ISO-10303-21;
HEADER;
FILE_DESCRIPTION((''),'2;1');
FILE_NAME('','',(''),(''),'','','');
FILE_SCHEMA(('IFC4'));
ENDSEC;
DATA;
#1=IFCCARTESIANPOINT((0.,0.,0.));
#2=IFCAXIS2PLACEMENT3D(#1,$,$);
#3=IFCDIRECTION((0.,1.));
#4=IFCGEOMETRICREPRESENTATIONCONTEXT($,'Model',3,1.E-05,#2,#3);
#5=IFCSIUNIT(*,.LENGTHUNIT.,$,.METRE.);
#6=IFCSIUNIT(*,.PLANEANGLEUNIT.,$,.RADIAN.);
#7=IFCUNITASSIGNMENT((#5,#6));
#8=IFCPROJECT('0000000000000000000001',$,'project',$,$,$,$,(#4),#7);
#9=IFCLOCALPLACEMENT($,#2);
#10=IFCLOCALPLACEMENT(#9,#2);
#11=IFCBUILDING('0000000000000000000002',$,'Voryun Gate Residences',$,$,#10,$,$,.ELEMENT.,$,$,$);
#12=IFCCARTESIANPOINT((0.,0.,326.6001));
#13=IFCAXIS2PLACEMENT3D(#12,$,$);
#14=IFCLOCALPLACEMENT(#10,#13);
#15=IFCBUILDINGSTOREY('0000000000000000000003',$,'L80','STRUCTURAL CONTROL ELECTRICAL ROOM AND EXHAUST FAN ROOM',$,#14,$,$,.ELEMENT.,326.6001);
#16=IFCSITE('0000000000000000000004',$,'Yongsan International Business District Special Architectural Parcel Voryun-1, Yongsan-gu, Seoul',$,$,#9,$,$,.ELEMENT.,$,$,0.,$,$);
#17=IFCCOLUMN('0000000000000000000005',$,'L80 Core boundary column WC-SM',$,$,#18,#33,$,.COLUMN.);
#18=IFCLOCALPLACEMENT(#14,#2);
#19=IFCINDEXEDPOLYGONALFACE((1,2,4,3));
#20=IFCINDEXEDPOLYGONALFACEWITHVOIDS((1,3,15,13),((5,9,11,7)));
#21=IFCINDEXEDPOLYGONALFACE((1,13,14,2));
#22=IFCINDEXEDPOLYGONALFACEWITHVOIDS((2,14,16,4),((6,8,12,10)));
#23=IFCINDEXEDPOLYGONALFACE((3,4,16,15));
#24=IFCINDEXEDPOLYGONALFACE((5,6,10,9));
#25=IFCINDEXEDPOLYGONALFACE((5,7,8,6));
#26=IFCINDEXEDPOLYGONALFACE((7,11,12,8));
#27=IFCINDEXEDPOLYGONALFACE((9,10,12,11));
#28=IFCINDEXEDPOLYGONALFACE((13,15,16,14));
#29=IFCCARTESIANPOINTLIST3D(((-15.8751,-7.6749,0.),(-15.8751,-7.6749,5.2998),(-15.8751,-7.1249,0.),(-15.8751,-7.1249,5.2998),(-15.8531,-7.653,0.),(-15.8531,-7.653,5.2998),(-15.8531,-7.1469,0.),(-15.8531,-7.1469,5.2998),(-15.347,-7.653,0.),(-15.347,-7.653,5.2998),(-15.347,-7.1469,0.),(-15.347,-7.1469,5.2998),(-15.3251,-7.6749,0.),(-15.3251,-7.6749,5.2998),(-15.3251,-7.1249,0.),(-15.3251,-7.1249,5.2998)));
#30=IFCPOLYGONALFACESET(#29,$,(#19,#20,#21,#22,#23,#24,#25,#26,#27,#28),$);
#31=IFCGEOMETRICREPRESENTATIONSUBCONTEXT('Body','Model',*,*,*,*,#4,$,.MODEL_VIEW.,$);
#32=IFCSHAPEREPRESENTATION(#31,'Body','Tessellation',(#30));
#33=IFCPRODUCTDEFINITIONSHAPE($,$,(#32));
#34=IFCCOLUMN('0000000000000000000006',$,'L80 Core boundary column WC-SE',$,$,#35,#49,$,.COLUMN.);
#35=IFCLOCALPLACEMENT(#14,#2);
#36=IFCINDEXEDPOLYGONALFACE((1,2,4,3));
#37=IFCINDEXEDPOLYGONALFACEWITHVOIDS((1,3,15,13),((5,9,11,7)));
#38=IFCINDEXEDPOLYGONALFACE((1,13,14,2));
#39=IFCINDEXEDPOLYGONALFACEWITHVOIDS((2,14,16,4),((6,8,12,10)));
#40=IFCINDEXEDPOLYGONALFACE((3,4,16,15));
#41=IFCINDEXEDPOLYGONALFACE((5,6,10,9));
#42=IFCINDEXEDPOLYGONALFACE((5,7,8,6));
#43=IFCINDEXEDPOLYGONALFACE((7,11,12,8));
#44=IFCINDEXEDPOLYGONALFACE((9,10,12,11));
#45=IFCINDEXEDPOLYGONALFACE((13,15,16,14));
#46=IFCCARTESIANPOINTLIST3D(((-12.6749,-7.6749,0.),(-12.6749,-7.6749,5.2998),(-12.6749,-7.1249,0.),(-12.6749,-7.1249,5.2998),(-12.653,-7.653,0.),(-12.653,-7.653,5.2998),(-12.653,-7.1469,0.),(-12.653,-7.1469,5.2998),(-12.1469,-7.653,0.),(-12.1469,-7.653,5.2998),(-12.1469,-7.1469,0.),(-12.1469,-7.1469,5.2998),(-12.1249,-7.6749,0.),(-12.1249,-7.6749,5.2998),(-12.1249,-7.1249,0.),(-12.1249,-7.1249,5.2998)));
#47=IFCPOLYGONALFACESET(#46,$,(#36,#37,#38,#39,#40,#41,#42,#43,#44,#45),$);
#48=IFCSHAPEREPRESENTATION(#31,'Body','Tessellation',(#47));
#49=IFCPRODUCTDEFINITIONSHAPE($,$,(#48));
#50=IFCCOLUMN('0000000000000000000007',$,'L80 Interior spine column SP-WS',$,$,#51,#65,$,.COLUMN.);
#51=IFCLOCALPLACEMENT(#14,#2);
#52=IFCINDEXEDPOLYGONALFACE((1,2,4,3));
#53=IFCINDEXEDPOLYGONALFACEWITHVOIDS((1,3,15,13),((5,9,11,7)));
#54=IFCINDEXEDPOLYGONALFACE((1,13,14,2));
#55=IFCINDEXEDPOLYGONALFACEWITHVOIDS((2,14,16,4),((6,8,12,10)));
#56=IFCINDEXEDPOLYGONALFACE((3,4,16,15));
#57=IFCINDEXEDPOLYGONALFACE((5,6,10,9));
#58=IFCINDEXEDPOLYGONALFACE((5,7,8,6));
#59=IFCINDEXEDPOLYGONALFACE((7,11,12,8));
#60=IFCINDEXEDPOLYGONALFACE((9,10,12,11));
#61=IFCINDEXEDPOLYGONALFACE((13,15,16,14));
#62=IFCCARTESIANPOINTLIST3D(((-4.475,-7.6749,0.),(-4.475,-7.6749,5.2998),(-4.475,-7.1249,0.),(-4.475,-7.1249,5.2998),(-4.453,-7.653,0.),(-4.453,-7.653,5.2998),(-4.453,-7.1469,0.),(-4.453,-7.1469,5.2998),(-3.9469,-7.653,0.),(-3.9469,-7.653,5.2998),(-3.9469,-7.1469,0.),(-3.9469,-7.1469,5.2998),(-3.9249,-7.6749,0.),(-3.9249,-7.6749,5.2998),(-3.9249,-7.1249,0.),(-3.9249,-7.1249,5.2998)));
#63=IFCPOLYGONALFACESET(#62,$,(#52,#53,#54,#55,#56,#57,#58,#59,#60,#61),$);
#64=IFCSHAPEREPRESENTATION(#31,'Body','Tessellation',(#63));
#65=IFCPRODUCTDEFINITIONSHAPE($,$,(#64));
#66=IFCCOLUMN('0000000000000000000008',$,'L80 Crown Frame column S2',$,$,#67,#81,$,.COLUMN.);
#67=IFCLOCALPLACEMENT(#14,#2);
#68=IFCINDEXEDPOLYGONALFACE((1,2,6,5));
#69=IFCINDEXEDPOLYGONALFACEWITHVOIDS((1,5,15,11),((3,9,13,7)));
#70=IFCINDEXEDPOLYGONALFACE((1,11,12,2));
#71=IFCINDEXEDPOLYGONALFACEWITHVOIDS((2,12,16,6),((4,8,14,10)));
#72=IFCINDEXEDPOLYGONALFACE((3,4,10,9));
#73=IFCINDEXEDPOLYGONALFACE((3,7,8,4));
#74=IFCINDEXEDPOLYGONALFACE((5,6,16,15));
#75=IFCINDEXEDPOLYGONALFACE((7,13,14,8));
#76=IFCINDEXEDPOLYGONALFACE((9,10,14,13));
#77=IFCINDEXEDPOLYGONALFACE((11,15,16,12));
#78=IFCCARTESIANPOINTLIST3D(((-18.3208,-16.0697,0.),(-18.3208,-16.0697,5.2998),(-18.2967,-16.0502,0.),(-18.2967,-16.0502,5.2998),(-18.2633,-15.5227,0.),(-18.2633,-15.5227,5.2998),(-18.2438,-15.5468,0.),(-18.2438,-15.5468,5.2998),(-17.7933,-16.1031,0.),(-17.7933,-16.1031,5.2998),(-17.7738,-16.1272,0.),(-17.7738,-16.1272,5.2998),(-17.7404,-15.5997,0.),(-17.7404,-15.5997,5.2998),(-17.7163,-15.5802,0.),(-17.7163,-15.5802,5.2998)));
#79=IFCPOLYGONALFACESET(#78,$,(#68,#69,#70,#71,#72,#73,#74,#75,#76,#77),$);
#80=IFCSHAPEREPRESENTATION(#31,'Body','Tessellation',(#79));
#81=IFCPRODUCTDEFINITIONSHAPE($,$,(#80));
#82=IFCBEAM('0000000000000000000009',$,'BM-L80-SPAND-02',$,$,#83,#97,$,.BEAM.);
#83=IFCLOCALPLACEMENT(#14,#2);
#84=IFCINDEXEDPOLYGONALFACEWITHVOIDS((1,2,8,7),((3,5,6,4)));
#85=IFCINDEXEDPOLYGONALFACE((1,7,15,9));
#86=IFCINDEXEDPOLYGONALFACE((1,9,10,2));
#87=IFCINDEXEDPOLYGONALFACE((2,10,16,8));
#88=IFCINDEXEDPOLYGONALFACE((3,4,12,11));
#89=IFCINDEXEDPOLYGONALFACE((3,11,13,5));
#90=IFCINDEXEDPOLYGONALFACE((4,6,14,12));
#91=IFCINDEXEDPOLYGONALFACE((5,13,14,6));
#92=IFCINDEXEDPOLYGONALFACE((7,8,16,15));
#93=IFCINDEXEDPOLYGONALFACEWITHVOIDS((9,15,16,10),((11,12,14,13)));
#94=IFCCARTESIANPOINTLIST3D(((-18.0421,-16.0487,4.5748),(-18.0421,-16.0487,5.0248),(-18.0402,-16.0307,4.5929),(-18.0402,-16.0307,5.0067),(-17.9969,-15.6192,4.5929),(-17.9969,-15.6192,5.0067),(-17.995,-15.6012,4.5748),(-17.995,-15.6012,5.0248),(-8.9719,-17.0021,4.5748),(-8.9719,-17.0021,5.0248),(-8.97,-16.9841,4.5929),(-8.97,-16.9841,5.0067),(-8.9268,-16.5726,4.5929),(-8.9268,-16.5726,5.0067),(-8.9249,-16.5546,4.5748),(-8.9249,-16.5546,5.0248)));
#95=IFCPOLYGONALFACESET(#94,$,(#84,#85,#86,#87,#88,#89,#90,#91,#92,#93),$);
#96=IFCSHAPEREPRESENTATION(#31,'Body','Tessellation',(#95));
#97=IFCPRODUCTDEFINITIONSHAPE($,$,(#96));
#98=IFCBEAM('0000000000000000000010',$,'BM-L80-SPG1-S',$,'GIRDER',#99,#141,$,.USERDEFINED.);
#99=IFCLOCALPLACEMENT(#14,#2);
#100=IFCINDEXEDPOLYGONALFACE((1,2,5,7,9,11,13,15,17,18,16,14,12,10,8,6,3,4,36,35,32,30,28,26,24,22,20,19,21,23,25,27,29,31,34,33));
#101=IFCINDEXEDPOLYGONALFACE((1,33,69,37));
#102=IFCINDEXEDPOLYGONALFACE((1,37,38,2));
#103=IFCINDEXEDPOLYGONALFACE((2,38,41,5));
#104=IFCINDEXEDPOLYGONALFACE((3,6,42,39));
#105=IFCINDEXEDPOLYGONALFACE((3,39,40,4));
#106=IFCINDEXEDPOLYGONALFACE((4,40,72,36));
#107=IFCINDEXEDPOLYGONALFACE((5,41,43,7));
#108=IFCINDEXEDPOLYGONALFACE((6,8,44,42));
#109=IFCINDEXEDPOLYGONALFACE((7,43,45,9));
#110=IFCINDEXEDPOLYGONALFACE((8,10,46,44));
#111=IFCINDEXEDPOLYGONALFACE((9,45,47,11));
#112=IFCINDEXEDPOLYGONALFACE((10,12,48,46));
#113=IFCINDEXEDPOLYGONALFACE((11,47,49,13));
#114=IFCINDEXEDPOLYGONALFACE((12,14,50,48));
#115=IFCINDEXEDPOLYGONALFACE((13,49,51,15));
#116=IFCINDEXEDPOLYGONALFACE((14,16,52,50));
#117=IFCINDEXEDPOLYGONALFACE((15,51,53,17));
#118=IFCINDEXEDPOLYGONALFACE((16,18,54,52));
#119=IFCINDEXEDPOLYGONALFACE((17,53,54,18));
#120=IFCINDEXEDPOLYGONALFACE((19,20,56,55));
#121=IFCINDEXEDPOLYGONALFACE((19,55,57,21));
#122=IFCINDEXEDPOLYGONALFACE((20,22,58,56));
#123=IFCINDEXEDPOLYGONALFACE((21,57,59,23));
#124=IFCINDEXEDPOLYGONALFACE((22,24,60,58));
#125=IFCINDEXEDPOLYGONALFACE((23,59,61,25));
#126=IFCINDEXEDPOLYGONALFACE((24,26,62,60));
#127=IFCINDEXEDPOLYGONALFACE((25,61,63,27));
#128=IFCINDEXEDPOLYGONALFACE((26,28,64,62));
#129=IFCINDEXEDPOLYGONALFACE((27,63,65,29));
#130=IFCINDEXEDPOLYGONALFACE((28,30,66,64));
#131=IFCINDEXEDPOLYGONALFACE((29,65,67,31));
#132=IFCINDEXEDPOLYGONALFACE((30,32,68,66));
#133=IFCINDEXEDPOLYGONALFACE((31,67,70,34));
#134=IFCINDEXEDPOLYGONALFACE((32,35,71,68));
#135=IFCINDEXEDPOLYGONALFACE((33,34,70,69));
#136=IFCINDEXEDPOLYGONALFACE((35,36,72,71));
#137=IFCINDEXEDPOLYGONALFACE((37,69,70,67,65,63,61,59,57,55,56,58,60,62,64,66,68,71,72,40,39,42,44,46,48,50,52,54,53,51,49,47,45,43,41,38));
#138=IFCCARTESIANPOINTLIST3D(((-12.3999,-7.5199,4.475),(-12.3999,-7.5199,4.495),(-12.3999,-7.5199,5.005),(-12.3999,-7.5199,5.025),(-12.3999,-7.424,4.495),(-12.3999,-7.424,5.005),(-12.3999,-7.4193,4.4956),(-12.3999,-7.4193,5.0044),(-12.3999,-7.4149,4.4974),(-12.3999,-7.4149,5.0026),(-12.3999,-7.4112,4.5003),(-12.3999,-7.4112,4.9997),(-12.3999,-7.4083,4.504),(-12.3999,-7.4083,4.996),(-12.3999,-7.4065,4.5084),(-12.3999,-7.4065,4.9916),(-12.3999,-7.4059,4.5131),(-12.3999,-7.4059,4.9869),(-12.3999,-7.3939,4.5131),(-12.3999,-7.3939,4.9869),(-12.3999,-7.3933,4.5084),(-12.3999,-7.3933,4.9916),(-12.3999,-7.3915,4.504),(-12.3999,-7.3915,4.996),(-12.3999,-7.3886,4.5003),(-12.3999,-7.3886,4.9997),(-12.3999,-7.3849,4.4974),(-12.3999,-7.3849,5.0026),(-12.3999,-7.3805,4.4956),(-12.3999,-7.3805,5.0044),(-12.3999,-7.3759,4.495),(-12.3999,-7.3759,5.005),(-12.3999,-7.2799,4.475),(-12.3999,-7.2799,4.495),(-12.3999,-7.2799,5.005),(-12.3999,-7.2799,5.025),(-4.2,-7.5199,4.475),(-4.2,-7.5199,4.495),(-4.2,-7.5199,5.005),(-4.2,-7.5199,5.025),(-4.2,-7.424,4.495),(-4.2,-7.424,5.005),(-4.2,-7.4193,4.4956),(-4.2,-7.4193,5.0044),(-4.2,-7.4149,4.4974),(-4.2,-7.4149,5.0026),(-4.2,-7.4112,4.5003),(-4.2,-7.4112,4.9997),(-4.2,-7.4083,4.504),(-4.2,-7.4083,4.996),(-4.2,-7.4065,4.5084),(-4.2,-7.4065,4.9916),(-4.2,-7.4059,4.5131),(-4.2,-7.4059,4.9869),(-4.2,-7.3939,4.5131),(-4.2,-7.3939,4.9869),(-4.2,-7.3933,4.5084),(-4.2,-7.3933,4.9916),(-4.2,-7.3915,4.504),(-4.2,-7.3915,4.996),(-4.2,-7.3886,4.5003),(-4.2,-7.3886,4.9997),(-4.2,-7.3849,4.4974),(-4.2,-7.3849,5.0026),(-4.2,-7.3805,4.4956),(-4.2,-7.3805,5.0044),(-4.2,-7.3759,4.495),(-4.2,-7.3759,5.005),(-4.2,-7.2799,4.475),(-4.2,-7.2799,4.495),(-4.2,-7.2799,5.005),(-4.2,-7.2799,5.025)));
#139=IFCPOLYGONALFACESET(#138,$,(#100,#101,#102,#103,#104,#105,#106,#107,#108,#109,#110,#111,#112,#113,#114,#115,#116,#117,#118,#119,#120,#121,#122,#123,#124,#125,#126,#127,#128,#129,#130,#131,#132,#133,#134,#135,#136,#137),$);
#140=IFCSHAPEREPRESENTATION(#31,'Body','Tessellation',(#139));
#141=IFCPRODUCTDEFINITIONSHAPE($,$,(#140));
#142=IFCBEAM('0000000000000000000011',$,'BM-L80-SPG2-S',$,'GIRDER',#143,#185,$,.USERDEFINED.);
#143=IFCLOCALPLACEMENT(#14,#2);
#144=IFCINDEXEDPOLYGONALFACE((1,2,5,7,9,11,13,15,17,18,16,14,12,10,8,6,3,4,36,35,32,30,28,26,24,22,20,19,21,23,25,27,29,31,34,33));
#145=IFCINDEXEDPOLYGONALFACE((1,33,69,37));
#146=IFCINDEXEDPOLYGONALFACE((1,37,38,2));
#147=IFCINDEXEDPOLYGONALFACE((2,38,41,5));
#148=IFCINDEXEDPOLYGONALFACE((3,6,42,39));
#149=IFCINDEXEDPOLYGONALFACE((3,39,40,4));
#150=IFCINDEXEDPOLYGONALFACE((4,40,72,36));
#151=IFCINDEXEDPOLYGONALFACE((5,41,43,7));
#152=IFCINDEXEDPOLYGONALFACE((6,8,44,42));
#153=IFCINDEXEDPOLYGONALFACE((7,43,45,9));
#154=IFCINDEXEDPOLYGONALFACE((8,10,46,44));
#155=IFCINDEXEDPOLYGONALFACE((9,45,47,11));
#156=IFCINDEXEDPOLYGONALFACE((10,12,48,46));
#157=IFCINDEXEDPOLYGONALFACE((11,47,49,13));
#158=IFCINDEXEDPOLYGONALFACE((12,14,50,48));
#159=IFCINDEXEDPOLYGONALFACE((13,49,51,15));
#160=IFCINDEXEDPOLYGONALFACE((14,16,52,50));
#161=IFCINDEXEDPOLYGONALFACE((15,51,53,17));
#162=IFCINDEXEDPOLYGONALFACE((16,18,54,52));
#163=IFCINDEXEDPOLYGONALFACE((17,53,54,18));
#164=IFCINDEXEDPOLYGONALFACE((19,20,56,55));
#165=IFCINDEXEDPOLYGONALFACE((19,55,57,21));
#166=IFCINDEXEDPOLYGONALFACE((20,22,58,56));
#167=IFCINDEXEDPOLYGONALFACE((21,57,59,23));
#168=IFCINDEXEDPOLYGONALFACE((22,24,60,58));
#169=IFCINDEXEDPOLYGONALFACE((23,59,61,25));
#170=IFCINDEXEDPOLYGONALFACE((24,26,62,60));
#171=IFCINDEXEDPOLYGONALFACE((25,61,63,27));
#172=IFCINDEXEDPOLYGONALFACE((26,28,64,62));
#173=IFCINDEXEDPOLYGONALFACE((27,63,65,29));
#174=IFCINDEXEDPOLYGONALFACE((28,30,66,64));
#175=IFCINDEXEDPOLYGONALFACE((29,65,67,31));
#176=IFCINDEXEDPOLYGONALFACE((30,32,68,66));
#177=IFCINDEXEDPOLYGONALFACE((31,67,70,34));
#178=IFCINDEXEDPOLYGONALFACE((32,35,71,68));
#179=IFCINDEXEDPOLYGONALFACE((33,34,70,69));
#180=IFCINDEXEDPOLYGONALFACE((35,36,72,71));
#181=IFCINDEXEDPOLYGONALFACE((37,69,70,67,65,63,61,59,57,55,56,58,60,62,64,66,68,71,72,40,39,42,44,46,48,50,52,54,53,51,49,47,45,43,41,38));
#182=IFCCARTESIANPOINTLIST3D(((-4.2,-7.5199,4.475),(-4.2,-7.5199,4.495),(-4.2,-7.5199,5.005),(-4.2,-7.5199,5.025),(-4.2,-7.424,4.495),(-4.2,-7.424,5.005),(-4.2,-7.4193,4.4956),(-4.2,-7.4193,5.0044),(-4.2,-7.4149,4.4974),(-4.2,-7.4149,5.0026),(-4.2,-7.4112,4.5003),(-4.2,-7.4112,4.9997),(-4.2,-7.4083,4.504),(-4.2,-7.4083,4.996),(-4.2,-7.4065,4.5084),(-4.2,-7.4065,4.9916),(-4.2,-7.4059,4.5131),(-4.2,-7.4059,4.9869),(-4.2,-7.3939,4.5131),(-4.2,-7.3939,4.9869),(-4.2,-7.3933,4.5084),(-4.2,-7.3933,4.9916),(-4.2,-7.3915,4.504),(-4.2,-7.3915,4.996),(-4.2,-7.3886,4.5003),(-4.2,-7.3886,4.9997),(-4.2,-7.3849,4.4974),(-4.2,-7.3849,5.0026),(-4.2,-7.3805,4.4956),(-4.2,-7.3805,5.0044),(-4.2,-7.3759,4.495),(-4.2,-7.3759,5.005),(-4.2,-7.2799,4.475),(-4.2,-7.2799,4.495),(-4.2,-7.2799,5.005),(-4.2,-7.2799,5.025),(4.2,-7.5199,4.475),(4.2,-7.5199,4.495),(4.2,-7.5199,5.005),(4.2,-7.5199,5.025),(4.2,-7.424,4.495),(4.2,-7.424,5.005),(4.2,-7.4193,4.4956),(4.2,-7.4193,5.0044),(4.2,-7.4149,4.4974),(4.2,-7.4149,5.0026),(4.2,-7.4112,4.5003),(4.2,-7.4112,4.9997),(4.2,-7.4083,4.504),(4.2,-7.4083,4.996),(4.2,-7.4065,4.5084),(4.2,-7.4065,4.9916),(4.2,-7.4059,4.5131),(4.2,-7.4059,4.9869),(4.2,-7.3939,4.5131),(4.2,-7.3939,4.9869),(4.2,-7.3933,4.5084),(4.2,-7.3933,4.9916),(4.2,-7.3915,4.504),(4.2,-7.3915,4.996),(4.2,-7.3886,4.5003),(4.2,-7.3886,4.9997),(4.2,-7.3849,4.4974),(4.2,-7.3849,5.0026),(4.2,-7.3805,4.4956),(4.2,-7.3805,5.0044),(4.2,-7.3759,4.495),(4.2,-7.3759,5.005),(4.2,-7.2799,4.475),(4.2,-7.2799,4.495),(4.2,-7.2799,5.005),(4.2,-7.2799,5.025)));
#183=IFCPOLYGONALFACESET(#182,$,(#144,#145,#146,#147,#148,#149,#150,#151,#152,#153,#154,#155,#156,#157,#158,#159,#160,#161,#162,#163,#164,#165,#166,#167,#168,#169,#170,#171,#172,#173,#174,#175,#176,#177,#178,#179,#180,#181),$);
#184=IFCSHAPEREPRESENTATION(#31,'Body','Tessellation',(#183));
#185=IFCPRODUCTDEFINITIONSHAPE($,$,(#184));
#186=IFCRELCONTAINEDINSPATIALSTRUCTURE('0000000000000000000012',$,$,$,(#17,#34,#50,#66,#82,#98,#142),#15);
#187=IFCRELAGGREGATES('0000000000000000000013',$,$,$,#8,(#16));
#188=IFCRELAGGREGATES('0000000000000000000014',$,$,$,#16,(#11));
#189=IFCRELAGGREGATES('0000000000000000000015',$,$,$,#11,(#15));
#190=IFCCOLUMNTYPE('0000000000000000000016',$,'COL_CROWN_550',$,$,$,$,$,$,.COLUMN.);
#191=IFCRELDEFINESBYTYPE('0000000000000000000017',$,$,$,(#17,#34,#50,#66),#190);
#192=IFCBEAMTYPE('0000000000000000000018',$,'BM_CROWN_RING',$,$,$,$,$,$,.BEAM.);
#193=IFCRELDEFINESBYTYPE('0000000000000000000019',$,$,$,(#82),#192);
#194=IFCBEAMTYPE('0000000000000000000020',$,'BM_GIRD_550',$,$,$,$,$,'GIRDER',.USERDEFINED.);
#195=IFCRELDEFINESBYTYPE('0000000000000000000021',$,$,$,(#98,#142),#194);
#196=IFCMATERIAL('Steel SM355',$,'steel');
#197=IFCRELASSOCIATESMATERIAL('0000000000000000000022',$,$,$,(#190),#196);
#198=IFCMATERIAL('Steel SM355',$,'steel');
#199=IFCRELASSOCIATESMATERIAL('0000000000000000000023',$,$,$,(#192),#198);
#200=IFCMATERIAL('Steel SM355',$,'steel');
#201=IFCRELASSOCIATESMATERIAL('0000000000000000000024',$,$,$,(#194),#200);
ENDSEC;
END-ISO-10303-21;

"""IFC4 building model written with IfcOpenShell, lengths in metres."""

from ifc_helpers import new_model, si_unit, direction, frame, origin, origin_2d, place, context, subcontext, project, spatial, hollow_rectangle, i_section, extrude, material, material_profile, profile_set, type_object, element, save


model = new_model("IFC4")

# Units and contexts
model_context = context("Model", 3, precision=1e-05, world=origin(), true_north=direction((0.0, 1.0)))
body_context = subcontext(model_context, "Body", "Model", "MODEL_VIEW")
ifc_project = project(units=[si_unit("LENGTHUNIT", "METRE"), si_unit("PLANEANGLEUNIT", "RADIAN")], contexts=[model_context])

# Site, building, storey
site_placement = place(None, origin())
site = spatial("IfcSite", under=ifc_project, at=site_placement, Name="Yongsan International Business District Special Architectural Parcel Voryun-1, Yongsan-gu, Seoul", CompositionType="ELEMENT", RefElevation=0.0)
building_placement = place(site_placement, origin())
building = spatial("IfcBuilding", under=site, at=building_placement, Name="Voryun Gate Residences", CompositionType="ELEMENT")
storey_placement = place(building_placement, frame((0.0, 0.0, 326.6001)))
storey = spatial("IfcBuildingStorey", under=building, at=storey_placement, Name="L80", Description="STRUCTURAL CONTROL ELECTRICAL ROOM AND EXHAUST FAN ROOM", CompositionType="ELEMENT", Elevation=326.6001)

# Columns
ifc_material_1 = material(Name="Steel SM355", Category="steel")
ifc_material_profile_1 = material_profile(ifc_material_1, hollow_rectangle(XDim=0.55, YDim=0.55, WallThickness=0.022, at=origin_2d()), Name="BOX-550x550x22")
ifc_profile_set_1 = profile_set([ifc_material_profile_1], Name="Steel SM355")
column_type = type_object("IfcColumnType", Name="COL_CROWN_550", PredefinedType="COLUMN", material=ifc_profile_set_1)
for number, where, z_axis, x_axis, name in (
    (1, (-15.6001, -7.3999, 0.0), (0.0, 0.0, 1.0), (1.0, 0.0, 0.0), "L80 Core boundary column WC-SM"),
    (2, (-12.3999, -7.3999, 0.0), (0.0, 0.0, 1.0), (1.0, 0.0, 0.0), "L80 Core boundary column WC-SE"),
    (3, (-4.2, -7.3999, 0.0), (0.0, 0.0, 1.0), (1.0, 0.0, 0.0), "L80 Interior spine column SP-WS"),
    (4, (-18.0186, -15.825, 0.0), (0.0, 0.0, 1.0), (0.994522, -0.104528, 0.0), "L80 Crown Frame column S2"),
):
    element("IfcColumn", number, at=place(storey_placement, frame(where, z_axis=z_axis, x_axis=x_axis)), inside=storey, type_object=column_type, Name=name, PredefinedType="COLUMN", context=body_context, shape_type="SweptSolid", body=[
        extrude(hollow_rectangle(XDim=0.55, YDim=0.55, WallThickness=0.022, at=origin_2d()), origin(), (0.0, 0.0, 1.0), 5.2998),
    ])

# Beams
ifc_material_2 = material(Name="Steel SM355", Category="steel")
ifc_material_profile_2 = material_profile(ifc_material_2, hollow_rectangle(XDim=0.45, YDim=0.45, WallThickness=0.0181, at=origin_2d()), Name="BOX-450x450x18")
ifc_profile_set_2 = profile_set([ifc_material_profile_2], Name="Steel SM355")
beam_type_1 = type_object("IfcBeamType", Name="BM_CROWN_RING", PredefinedType="BEAM", material=ifc_profile_set_2)
beam_1_placement = place(storey_placement, frame((-18.0186, -15.825, 4.7998), z_axis=(0.994521, -0.104536, 0.0), x_axis=(0.104536, 0.994521, 0.0)))
element("IfcBeam", 5, at=beam_1_placement, inside=storey, type_object=beam_type_1, Name="BM-L80-SPAND-02", PredefinedType="BEAM", context=body_context, shape_type="SweptSolid", body=[
    extrude(hollow_rectangle(XDim=0.45, YDim=0.45, WallThickness=0.0181, at=origin_2d()), origin(), (0.0, 0.0, 1.0), 9.1201),
])
ifc_material_3 = material(Name="Steel SM355", Category="steel")
ifc_material_profile_3 = material_profile(ifc_material_3, i_section(OverallWidth=0.24, OverallDepth=0.55, WebThickness=0.012, FlangeThickness=0.02, FilletRadius=0.0181, at=origin_2d()), Name="H-550x240x12x20")
ifc_profile_set_3 = profile_set([ifc_material_profile_3], Name="Steel SM355")
beam_type_2 = type_object("IfcBeamType", Name="BM_GIRD_550", ElementType="GIRDER", PredefinedType="USERDEFINED", material=ifc_profile_set_3)
beam_2_placement = place(storey_placement, frame((-12.3999, -7.3999, 4.75), z_axis=(1.0, 0.0, 0.0), x_axis=(0.0, 1.0, 0.0)))
element("IfcBeam", 6, at=beam_2_placement, inside=storey, type_object=beam_type_2, Name="BM-L80-SPG1-S", ObjectType="GIRDER", PredefinedType="USERDEFINED", context=body_context, shape_type="SweptSolid", body=[
    extrude(i_section(OverallWidth=0.24, OverallDepth=0.55, WebThickness=0.012, FlangeThickness=0.02, FilletRadius=0.0181, at=origin_2d()), origin(), (0.0, 0.0, 1.0), 8.2),
])
beam_3_placement = place(storey_placement, frame((-4.2, -7.3999, 4.75), z_axis=(1.0, 0.0, 0.0), x_axis=(0.0, 1.0, 0.0)))
element("IfcBeam", 7, at=beam_3_placement, inside=storey, type_object=beam_type_2, Name="BM-L80-SPG2-S", ObjectType="GIRDER", PredefinedType="USERDEFINED", context=body_context, shape_type="SweptSolid", body=[
    extrude(i_section(OverallWidth=0.24, OverallDepth=0.55, WebThickness=0.012, FlangeThickness=0.02, FilletRadius=0.0181, at=origin_2d()), origin(), (0.0, 0.0, 1.0), 8.3999),
])

save(model, "model.ifc")
